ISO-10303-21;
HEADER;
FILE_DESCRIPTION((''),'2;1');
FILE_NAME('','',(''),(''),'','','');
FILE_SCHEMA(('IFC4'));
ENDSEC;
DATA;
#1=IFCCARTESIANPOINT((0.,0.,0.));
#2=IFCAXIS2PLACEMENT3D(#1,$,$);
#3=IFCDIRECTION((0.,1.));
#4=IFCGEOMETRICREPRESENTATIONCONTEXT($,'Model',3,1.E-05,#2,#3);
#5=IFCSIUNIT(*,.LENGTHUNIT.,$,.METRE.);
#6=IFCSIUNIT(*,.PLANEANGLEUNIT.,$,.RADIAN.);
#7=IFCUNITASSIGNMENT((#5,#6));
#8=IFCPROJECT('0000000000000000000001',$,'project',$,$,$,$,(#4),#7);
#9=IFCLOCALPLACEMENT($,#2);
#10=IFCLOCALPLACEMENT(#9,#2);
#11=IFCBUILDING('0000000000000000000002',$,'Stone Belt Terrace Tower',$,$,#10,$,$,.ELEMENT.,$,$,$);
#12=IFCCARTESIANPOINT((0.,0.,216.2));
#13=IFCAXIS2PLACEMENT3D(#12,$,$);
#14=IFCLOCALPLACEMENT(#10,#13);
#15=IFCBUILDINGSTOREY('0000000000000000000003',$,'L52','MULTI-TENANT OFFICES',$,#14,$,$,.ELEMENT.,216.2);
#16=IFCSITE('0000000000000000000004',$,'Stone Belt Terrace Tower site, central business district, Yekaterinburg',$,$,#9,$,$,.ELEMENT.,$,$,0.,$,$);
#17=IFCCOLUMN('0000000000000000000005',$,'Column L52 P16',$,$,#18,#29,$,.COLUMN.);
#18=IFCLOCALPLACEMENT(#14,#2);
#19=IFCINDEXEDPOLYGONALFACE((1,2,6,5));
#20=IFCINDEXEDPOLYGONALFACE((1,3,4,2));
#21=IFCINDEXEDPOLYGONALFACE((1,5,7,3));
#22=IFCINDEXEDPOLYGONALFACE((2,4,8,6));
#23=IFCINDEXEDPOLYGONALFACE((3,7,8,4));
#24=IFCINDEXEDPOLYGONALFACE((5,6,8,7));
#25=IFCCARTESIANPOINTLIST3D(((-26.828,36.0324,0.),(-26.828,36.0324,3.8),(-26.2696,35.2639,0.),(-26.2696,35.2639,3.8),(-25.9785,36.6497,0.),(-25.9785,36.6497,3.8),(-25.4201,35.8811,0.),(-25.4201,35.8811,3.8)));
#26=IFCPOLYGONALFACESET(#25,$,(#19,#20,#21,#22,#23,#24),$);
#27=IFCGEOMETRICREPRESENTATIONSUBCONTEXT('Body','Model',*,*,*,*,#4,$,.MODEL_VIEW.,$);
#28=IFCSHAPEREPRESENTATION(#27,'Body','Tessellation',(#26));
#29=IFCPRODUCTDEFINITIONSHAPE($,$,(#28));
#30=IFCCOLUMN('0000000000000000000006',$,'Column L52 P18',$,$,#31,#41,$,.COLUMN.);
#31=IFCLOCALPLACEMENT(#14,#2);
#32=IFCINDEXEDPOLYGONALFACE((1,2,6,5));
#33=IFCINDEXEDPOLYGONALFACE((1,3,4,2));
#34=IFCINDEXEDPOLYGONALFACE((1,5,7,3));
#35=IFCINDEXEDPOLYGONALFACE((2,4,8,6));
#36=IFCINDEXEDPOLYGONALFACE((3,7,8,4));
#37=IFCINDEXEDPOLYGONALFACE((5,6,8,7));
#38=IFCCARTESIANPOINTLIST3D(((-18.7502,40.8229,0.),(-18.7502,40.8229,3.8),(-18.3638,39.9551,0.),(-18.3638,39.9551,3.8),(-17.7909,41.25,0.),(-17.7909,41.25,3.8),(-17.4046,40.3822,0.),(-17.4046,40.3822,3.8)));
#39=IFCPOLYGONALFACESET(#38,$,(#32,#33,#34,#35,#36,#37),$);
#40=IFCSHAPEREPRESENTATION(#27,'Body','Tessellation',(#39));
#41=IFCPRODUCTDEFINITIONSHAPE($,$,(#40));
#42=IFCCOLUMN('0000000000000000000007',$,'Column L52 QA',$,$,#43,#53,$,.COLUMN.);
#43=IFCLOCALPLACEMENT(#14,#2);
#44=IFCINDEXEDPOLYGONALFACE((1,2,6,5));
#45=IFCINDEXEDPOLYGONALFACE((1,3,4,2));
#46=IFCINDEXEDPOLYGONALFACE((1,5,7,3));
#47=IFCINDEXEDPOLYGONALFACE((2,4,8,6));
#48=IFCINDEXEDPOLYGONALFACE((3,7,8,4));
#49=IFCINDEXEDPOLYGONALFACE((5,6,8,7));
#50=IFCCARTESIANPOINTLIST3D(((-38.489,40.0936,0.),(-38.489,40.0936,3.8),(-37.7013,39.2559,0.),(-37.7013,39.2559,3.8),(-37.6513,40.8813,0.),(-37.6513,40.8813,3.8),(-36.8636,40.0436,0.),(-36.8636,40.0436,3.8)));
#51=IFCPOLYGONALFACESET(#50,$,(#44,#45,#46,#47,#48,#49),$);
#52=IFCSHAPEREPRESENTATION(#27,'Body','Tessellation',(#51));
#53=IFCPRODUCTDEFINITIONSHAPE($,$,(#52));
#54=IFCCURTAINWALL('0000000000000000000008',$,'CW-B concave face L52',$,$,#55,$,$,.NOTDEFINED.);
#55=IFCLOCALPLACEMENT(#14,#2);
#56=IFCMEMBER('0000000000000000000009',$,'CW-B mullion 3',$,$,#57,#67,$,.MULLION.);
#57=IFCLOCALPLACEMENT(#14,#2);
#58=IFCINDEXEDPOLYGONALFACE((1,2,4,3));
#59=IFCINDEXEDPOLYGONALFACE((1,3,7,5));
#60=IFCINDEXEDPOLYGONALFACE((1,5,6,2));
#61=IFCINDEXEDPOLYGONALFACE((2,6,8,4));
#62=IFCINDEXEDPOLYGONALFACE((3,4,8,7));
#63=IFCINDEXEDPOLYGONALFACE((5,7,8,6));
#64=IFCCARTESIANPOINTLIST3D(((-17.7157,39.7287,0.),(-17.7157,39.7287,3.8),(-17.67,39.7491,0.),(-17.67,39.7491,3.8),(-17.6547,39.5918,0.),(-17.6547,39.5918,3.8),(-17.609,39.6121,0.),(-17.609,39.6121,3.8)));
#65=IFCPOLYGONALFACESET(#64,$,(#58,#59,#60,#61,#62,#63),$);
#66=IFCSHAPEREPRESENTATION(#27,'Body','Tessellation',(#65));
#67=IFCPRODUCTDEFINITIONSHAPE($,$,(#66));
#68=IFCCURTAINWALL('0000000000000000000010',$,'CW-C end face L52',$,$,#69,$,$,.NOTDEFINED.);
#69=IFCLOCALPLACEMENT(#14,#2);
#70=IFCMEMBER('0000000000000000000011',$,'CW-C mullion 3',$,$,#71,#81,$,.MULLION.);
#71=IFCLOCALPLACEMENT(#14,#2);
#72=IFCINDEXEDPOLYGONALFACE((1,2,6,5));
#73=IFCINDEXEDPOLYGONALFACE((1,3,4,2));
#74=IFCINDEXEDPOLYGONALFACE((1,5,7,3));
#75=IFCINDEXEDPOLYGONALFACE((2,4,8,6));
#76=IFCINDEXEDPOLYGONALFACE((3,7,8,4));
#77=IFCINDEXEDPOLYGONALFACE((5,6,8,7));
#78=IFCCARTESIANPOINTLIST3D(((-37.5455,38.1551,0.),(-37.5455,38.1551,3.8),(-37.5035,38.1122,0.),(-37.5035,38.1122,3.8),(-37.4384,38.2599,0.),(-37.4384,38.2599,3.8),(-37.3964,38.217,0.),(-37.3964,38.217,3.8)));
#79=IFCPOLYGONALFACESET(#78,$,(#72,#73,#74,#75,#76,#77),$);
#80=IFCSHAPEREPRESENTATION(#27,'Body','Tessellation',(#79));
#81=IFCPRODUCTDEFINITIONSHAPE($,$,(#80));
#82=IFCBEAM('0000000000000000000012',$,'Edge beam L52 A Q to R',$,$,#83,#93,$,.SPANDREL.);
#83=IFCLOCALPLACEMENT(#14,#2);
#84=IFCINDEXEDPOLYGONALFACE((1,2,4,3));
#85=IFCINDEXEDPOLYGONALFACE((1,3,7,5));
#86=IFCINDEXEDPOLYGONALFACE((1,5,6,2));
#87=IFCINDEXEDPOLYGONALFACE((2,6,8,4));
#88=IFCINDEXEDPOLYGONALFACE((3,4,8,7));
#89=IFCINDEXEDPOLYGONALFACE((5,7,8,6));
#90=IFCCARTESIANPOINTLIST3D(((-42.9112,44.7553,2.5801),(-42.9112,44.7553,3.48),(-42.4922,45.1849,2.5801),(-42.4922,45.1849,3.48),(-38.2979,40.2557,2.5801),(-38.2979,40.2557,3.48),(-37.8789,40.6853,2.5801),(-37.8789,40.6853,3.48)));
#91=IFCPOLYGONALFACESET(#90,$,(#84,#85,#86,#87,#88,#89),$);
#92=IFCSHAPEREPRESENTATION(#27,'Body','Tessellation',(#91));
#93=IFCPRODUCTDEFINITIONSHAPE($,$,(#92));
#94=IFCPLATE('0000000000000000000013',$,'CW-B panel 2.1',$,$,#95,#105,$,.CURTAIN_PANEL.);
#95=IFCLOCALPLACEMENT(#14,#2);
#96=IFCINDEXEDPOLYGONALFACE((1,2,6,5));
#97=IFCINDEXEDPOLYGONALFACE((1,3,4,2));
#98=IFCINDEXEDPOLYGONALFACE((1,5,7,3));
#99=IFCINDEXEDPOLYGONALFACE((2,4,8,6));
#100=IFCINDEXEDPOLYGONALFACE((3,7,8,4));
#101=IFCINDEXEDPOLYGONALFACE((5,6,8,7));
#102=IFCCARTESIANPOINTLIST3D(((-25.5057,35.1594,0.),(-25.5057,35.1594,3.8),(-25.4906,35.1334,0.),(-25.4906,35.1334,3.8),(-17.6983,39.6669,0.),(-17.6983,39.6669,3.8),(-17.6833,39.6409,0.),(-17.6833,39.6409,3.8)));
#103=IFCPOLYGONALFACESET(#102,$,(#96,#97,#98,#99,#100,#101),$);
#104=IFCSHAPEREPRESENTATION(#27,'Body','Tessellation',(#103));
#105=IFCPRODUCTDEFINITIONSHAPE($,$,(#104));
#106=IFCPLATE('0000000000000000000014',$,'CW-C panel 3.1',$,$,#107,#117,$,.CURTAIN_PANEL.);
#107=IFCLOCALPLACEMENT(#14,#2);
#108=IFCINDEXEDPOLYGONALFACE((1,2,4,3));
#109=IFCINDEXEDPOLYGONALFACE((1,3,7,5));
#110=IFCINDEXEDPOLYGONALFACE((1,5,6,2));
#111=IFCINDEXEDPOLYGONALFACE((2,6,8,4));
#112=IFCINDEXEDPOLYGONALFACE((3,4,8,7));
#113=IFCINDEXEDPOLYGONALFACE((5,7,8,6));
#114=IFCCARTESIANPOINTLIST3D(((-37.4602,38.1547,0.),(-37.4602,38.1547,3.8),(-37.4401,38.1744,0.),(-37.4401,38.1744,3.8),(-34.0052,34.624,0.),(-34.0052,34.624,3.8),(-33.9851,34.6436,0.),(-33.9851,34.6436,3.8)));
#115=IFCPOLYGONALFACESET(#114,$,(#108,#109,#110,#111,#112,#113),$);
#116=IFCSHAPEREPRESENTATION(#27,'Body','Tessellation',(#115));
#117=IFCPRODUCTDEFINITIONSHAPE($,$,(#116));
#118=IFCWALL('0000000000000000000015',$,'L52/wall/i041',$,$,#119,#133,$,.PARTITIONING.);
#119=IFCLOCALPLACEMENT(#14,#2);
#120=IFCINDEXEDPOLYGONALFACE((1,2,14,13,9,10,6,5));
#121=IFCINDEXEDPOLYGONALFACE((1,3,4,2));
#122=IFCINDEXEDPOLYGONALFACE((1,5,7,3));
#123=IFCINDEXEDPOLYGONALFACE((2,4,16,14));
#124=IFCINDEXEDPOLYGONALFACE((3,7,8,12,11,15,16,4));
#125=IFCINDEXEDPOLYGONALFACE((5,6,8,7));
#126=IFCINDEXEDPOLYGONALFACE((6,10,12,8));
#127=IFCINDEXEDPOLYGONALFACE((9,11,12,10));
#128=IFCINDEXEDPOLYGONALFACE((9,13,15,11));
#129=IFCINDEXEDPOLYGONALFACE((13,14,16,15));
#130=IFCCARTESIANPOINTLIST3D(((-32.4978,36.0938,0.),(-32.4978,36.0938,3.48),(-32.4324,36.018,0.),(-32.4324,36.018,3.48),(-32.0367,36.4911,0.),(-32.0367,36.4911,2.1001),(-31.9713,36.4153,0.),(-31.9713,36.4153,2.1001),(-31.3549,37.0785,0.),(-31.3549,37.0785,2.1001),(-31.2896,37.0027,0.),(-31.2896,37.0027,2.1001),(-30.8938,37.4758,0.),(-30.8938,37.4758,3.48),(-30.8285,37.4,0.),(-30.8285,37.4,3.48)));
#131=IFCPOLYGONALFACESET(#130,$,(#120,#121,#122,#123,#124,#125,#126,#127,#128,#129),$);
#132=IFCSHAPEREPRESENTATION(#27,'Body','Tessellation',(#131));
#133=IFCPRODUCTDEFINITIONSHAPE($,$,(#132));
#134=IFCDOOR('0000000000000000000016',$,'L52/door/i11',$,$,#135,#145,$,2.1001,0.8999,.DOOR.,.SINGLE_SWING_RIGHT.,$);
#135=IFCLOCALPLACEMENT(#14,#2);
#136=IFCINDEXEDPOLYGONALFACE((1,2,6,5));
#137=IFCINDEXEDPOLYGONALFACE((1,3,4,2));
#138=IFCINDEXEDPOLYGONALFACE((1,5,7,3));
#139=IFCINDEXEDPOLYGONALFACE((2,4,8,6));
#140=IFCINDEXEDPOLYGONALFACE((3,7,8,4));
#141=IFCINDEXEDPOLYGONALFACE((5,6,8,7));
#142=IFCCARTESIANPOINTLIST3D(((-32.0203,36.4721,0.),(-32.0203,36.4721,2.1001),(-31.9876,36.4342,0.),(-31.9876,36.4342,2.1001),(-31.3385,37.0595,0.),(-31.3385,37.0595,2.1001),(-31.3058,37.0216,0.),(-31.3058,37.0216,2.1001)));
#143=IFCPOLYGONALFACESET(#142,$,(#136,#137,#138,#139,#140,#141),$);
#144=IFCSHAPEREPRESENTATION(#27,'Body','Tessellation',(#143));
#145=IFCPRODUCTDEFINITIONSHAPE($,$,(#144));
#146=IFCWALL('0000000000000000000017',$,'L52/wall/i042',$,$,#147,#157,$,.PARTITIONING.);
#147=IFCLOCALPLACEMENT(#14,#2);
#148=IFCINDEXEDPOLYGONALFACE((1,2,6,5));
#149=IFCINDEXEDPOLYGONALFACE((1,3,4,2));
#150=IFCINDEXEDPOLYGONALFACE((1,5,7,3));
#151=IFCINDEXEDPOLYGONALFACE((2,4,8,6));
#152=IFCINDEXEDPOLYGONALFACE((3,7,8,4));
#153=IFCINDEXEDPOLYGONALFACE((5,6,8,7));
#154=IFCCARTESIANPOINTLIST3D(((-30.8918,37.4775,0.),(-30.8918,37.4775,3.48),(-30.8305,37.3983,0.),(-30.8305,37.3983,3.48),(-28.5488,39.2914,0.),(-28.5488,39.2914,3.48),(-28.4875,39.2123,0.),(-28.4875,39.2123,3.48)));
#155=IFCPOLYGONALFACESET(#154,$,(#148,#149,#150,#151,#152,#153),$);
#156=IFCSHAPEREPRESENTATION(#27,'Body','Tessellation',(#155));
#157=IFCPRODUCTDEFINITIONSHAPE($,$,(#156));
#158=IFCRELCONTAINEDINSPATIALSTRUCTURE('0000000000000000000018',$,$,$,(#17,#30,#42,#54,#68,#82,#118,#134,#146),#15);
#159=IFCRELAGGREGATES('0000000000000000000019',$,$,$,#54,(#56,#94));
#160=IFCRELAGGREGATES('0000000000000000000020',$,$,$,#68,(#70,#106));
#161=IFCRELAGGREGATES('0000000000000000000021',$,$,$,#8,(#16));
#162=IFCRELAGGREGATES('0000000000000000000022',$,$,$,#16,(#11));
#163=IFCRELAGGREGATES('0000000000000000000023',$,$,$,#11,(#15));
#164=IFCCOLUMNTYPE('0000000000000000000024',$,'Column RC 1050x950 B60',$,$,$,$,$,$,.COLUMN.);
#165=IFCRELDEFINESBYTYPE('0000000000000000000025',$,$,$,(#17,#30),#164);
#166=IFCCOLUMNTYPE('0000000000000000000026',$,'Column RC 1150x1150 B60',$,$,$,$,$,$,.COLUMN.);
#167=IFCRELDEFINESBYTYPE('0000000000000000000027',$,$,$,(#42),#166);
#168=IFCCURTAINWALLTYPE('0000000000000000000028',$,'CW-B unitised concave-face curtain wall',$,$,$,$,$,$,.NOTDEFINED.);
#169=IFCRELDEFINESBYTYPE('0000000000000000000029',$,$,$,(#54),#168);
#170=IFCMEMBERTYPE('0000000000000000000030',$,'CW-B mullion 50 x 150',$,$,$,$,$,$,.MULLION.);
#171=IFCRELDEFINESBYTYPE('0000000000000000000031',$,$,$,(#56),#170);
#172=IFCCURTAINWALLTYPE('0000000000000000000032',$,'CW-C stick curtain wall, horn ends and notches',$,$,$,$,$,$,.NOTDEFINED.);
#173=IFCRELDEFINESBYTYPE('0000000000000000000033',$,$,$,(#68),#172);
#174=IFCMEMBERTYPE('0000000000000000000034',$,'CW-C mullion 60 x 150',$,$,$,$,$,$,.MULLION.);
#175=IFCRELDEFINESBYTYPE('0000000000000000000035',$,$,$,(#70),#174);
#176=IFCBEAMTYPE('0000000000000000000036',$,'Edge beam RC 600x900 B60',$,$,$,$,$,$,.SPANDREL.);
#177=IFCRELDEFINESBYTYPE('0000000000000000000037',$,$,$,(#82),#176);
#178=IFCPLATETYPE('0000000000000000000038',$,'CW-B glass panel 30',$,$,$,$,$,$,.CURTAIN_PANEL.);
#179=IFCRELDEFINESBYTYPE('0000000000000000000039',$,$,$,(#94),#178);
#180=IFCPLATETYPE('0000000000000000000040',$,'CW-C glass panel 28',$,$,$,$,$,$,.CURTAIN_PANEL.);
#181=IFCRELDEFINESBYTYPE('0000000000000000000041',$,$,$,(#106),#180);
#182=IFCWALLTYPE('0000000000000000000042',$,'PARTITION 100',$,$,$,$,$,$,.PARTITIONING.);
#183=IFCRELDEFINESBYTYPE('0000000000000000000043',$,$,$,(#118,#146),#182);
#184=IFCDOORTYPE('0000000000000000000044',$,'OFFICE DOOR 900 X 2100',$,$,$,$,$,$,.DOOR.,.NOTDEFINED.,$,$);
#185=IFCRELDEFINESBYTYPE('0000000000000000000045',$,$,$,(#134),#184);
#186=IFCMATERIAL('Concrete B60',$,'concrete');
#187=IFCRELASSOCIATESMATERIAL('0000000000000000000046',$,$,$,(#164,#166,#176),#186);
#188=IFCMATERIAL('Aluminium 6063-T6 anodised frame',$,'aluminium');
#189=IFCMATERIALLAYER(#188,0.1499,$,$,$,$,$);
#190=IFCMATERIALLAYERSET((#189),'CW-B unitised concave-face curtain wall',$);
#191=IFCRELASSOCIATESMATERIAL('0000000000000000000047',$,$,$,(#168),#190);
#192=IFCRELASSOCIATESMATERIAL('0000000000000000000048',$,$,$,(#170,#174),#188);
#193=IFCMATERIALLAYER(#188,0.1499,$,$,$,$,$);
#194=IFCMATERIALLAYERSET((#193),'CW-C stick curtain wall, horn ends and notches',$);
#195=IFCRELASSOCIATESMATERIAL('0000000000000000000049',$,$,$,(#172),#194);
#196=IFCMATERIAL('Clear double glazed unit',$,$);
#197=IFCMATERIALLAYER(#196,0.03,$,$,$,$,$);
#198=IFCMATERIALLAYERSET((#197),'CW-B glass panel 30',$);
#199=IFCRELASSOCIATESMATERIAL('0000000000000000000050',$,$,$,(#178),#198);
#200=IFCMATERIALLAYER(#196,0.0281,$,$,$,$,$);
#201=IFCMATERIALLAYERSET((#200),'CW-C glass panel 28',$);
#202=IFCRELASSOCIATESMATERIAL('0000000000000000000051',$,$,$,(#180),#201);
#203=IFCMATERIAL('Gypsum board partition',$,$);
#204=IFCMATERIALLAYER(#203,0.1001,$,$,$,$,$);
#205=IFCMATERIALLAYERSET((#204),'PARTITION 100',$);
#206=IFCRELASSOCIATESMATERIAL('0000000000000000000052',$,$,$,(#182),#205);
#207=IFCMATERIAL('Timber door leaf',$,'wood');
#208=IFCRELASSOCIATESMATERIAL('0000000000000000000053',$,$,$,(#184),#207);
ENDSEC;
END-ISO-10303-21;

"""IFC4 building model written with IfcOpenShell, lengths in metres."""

from ifc_helpers import new_model, si_unit, direction, frame, frame_2d, origin, origin_2d, place, context, subcontext, project, spatial, rectangle, extrude, material, layer, layer_set, material_profile, profile_set, type_object, element, fill, aggregate, save


model = new_model("IFC4")

# Units and contexts
model_context = context("Model", 3, precision=1e-05, world=origin(), true_north=direction((0.0, 1.0)))
body_context = subcontext(model_context, "Body", "Model", "MODEL_VIEW")
ifc_project = project(units=[si_unit("LENGTHUNIT", "METRE"), si_unit("PLANEANGLEUNIT", "RADIAN")], contexts=[model_context])

# Site, building, storey
site_placement = place(None, origin())
site = spatial("IfcSite", under=ifc_project, at=site_placement, Name="Stone Belt Terrace Tower site, central business district, Yekaterinburg", CompositionType="ELEMENT", RefElevation=0.0)
building_placement = place(site_placement, origin())
building = spatial("IfcBuilding", under=site, at=building_placement, Name="Stone Belt Terrace Tower", CompositionType="ELEMENT")
storey_placement = place(building_placement, frame((0.0, 0.0, 216.2)))
storey = spatial("IfcBuildingStorey", under=building, at=storey_placement, Name="L52", Description="MULTI-TENANT OFFICES", CompositionType="ELEMENT", Elevation=216.2)

# Columns
ifc_material_1 = material(Name="Concrete B60", Category="concrete")
ifc_material_profile_1 = material_profile(ifc_material_1, rectangle(XDim=1.05, YDim=0.95, at=origin_2d()), Name="RC 1050x950")
ifc_profile_set_1 = profile_set([ifc_material_profile_1], Name="Concrete B60")
column_type_1 = type_object("IfcColumnType", Name="Column RC 1050x950 B60", PredefinedType="COLUMN", material=ifc_profile_set_1)
for number, where, z_axis, x_axis, name in (
    (1, (-26.124, 35.9568, 0.0), (0.0, 0.0, 1.0), (0.809017, 0.587785, 0.0), "Column L52 P16"),
    (2, (-18.0774, 40.6025, 0.0), (0.0, 0.0, 1.0), (0.913545, 0.406737, 0.0), "Column L52 P18"),
):
    element("IfcColumn", number, at=place(storey_placement, frame(where, z_axis=z_axis, x_axis=x_axis)), inside=storey, type_object=column_type_1, Name=name, PredefinedType="COLUMN", context=body_context, shape_type="SweptSolid", body=[
        extrude(rectangle(XDim=1.05, YDim=0.95, at=origin_2d()), origin(), (0.0, 0.0, 1.0), 3.8),
    ])
ifc_material_profile_2 = material_profile(ifc_material_1, rectangle(XDim=1.1499, YDim=1.1499, at=origin_2d()), Name="RC 1150x1150")
ifc_profile_set_2 = profile_set([ifc_material_profile_2], Name="Concrete B60")
column_type_2 = type_object("IfcColumnType", Name="Column RC 1150x1150 B60", PredefinedType="COLUMN", material=ifc_profile_set_2)
column_placement = place(storey_placement, frame((-37.6763, 40.0686, 0.0), z_axis=(0.0, 0.0, 1.0), x_axis=(0.72852, 0.685024, 0.0)))
element("IfcColumn", 3, at=column_placement, inside=storey, type_object=column_type_2, Name="Column L52 QA", PredefinedType="COLUMN", context=body_context, shape_type="SweptSolid", body=[
    extrude(rectangle(XDim=1.1499, YDim=1.1499, at=origin_2d()), origin(), (0.0, 0.0, 1.0), 3.8),
])

# Curtain walls, members
ifc_material_2 = material(Name="Aluminium 6063-T6 anodised frame", Category="aluminium")
ifc_layer_1 = layer(ifc_material_2, 0.1499)
ifc_layer_set_1 = layer_set([ifc_layer_1], Name="CW-B unitised concave-face curtain wall")
curtain_wall_type_1 = type_object("IfcCurtainWallType", Name="CW-B unitised concave-face curtain wall", PredefinedType="NOTDEFINED", material=ifc_layer_set_1)
curtain_wall_1_placement = place(storey_placement, origin())
curtain_wall_1 = element("IfcCurtainWall", 4, at=curtain_wall_1_placement, inside=storey, type_object=curtain_wall_type_1, Name="CW-B concave face L52", PredefinedType="NOTDEFINED")
ifc_material_profile_3 = material_profile(ifc_material_2, rectangle(XDim=0.1499, YDim=0.05, at=origin_2d()), Name="Aluminium 6063-T6 50x150")
ifc_profile_set_3 = profile_set([ifc_material_profile_3], Name="Aluminium 6063-T6 anodised frame")
member_type_1 = type_object("IfcMemberType", Name="CW-B mullion 50 x 150", PredefinedType="MULLION", material=ifc_profile_set_3)
member_1_placement = place(storey_placement, frame((-17.6624, 39.6704, 0.0), z_axis=(0.0, 0.0, 1.0), x_axis=(-0.406737, 0.913545, 0.0)))
member_1 = element("IfcMember", 5, at=member_1_placement, type_object=member_type_1, Name="CW-B mullion 3", PredefinedType="MULLION", context=body_context, shape_type="SweptSolid", body=[
    extrude(rectangle(XDim=0.1499, YDim=0.05, at=origin_2d()), origin(), (0.0, 0.0, 1.0), 3.8),
])
ifc_layer_2 = layer(ifc_material_2, 0.1499)
ifc_layer_set_2 = layer_set([ifc_layer_2], Name="CW-C stick curtain wall, horn ends and notches")
curtain_wall_type_2 = type_object("IfcCurtainWallType", Name="CW-C stick curtain wall, horn ends and notches", PredefinedType="NOTDEFINED", material=ifc_layer_set_2)
curtain_wall_2_placement = place(storey_placement, origin())
curtain_wall_2 = element("IfcCurtainWall", 6, at=curtain_wall_2_placement, inside=storey, type_object=curtain_wall_type_2, Name="CW-C end face L52", PredefinedType="NOTDEFINED")
ifc_material_profile_4 = material_profile(ifc_material_2, rectangle(XDim=0.1499, YDim=0.0601, at=origin_2d()), Name="Aluminium 6063-T6 60x150")
ifc_profile_set_4 = profile_set([ifc_material_profile_4], Name="Aluminium 6063-T6 anodised frame")
member_type_2 = type_object("IfcMemberType", Name="CW-C mullion 60 x 150", PredefinedType="MULLION", material=ifc_profile_set_4)
member_2_placement = place(storey_placement, frame((-37.4709, 38.186, 0.0), z_axis=(0.0, 0.0, 1.0), x_axis=(0.714739, 0.699391, 0.0)))
member_2 = element("IfcMember", 7, at=member_2_placement, type_object=member_type_2, Name="CW-C mullion 3", PredefinedType="MULLION", context=body_context, shape_type="SweptSolid", body=[
    extrude(rectangle(XDim=0.1499, YDim=0.0601, at=origin_2d()), origin(), (0.0, 0.0, 1.0), 3.8),
])

# Beam
ifc_material_profile_5 = material_profile(ifc_material_1, rectangle(XDim=0.6001, YDim=0.8999, at=origin_2d()), Name="RC 600x900")
ifc_profile_set_5 = profile_set([ifc_material_profile_5], Name="Concrete B60")
beam_type = type_object("IfcBeamType", Name="Edge beam RC 600x900 B60", PredefinedType="SPANDREL", material=ifc_profile_set_5)
beam_placement = place(storey_placement, frame((-38.0884, 40.4705, 3.03), z_axis=(-0.715879, 0.698224, 0.0), x_axis=(-0.698224, -0.715879, 0.0)))
element("IfcBeam", 8, at=beam_placement, inside=storey, type_object=beam_type, Name="Edge beam L52 A Q to R", PredefinedType="SPANDREL", context=body_context, shape_type="SweptSolid", body=[
    extrude(rectangle(XDim=0.6001, YDim=0.8999, at=origin_2d()), origin(), (0.0, 0.0, 1.0), 6.4443),
])

# Plates
ifc_material_3 = material(Name="Clear double glazed unit")
ifc_layer_3 = layer(ifc_material_3, 0.03)
ifc_layer_set_3 = layer_set([ifc_layer_3], Name="CW-B glass panel 30")
plate_type_1 = type_object("IfcPlateType", Name="CW-B glass panel 30", PredefinedType="CURTAIN_PANEL", material=ifc_layer_set_3)
plate_1_placement = place(storey_placement, frame((-21.5945, 37.4001, 0.0), z_axis=(0.0, 0.0, 1.0), x_axis=(0.866025, 0.5, 0.0)))
plate_1 = element("IfcPlate", 9, at=plate_1_placement, type_object=plate_type_1, Name="CW-B panel 2.1", PredefinedType="CURTAIN_PANEL", context=body_context, shape_type="SweptSolid", body=[
    extrude(rectangle(XDim=9.0151, YDim=0.03, at=origin_2d()), origin(), (0.0, 0.0, 1.0), 3.8),
])
aggregate(curtain_wall_1, [member_1, plate_1])
ifc_layer_4 = layer(ifc_material_3, 0.0281)
ifc_layer_set_4 = layer_set([ifc_layer_4], Name="CW-C glass panel 28")
plate_type_2 = type_object("IfcPlateType", Name="CW-C glass panel 28", PredefinedType="CURTAIN_PANEL", material=ifc_layer_set_4)
plate_2_placement = place(storey_placement, frame((-35.7227, 36.3992, 0.0), z_axis=(0.0, 0.0, 1.0), x_axis=(0.699391, -0.714739, 0.0)))
plate_2 = element("IfcPlate", 10, at=plate_2_placement, type_object=plate_type_2, Name="CW-C panel 3.1", PredefinedType="CURTAIN_PANEL", context=body_context, shape_type="SweptSolid", body=[
    extrude(rectangle(XDim=4.9399, YDim=0.0281, at=origin_2d()), origin(), (0.0, 0.0, 1.0), 3.8),
])
aggregate(curtain_wall_2, [member_2, plate_2])

# Wall, opening, door
ifc_material_4 = material(Name="Gypsum board partition")
ifc_layer_5 = layer(ifc_material_4, 0.1001)
ifc_layer_set_5 = layer_set([ifc_layer_5], Name="PARTITION 100")
wall_type_1 = type_object("IfcWallType", Name="PARTITION 100", PredefinedType="PARTITIONING", material=ifc_layer_set_5)
wall_1_placement = place(storey_placement, frame((-32.4651, 36.0559, 0.0), z_axis=(0.0, 0.0, 1.0), x_axis=(0.757569, 0.652755, 0.0)))
wall_1 = element("IfcWall", 11, at=wall_1_placement, inside=storey, type_object=wall_type_1, Name="L52/wall/i041", PredefinedType="PARTITIONING", context=body_context, shape_type="SweptSolid", body=[
    extrude(rectangle(XDim=2.1172, YDim=0.1001, at=frame_2d((1.0586, 0.0))), origin(), (0.0, 0.0, 1.0), 3.48),
])
opening_1_placement = place(wall_1_placement, frame((0.6086, 0.0, 0.0)))
opening_1 = element("IfcOpeningElement", 12, at=opening_1_placement, cuts=wall_1, PredefinedType="OPENING", context=body_context, shape_type="SweptSolid", body=[
    extrude(rectangle(XDim=0.8999, YDim=2.1001, at=frame_2d((0.45, 1.05))), frame((0.0, 0.0601, 0.0), z_axis=(0.0, -1.0, 0.0), x_axis=(1.0, 0.0, 0.0)), (0.0, 0.0, 1.0), 0.1201),
])
ifc_material_5 = material(Name="Timber door leaf", Category="wood")
door_type_1 = type_object("IfcDoorType", Name="OFFICE DOOR 900 X 2100", OperationType="NOTDEFINED", PredefinedType="DOOR", material=ifc_material_5)
door_1_placement = place(opening_1_placement, origin())
door_1 = element("IfcDoor", 13, at=door_1_placement, inside=storey, type_object=door_type_1, Name="L52/door/i11", OperationType="SINGLE_SWING_RIGHT", OverallHeight=2.1001, OverallWidth=0.8999, PredefinedType="DOOR", context=body_context, shape_type="SweptSolid", body=[
    extrude(rectangle(XDim=0.8999, YDim=2.1001, at=frame_2d((0.45, 1.05))), frame((0.0, 0.0249, 0.0), z_axis=(0.0, -1.0, 0.0), x_axis=(1.0, 0.0, 0.0)), (0.0, 0.0, 1.0), 0.05),
])
fill(opening_1, door_1)

# Wall
wall_2_placement = place(storey_placement, frame((-30.8611, 37.438, 0.0), z_axis=(0.0, 0.0, 1.0), x_axis=(0.790721, 0.612177, 0.0)))
element("IfcWall", 14, at=wall_2_placement, inside=storey, type_object=wall_type_1, Name="L52/wall/i042", PredefinedType="PARTITIONING", context=body_context, shape_type="SweptSolid", body=[
    extrude(rectangle(XDim=2.9631, YDim=0.1001, at=frame_2d((1.4814, 0.0))), origin(), (0.0, 0.0, 1.0), 3.48),
])

save(model, "model.ifc")
